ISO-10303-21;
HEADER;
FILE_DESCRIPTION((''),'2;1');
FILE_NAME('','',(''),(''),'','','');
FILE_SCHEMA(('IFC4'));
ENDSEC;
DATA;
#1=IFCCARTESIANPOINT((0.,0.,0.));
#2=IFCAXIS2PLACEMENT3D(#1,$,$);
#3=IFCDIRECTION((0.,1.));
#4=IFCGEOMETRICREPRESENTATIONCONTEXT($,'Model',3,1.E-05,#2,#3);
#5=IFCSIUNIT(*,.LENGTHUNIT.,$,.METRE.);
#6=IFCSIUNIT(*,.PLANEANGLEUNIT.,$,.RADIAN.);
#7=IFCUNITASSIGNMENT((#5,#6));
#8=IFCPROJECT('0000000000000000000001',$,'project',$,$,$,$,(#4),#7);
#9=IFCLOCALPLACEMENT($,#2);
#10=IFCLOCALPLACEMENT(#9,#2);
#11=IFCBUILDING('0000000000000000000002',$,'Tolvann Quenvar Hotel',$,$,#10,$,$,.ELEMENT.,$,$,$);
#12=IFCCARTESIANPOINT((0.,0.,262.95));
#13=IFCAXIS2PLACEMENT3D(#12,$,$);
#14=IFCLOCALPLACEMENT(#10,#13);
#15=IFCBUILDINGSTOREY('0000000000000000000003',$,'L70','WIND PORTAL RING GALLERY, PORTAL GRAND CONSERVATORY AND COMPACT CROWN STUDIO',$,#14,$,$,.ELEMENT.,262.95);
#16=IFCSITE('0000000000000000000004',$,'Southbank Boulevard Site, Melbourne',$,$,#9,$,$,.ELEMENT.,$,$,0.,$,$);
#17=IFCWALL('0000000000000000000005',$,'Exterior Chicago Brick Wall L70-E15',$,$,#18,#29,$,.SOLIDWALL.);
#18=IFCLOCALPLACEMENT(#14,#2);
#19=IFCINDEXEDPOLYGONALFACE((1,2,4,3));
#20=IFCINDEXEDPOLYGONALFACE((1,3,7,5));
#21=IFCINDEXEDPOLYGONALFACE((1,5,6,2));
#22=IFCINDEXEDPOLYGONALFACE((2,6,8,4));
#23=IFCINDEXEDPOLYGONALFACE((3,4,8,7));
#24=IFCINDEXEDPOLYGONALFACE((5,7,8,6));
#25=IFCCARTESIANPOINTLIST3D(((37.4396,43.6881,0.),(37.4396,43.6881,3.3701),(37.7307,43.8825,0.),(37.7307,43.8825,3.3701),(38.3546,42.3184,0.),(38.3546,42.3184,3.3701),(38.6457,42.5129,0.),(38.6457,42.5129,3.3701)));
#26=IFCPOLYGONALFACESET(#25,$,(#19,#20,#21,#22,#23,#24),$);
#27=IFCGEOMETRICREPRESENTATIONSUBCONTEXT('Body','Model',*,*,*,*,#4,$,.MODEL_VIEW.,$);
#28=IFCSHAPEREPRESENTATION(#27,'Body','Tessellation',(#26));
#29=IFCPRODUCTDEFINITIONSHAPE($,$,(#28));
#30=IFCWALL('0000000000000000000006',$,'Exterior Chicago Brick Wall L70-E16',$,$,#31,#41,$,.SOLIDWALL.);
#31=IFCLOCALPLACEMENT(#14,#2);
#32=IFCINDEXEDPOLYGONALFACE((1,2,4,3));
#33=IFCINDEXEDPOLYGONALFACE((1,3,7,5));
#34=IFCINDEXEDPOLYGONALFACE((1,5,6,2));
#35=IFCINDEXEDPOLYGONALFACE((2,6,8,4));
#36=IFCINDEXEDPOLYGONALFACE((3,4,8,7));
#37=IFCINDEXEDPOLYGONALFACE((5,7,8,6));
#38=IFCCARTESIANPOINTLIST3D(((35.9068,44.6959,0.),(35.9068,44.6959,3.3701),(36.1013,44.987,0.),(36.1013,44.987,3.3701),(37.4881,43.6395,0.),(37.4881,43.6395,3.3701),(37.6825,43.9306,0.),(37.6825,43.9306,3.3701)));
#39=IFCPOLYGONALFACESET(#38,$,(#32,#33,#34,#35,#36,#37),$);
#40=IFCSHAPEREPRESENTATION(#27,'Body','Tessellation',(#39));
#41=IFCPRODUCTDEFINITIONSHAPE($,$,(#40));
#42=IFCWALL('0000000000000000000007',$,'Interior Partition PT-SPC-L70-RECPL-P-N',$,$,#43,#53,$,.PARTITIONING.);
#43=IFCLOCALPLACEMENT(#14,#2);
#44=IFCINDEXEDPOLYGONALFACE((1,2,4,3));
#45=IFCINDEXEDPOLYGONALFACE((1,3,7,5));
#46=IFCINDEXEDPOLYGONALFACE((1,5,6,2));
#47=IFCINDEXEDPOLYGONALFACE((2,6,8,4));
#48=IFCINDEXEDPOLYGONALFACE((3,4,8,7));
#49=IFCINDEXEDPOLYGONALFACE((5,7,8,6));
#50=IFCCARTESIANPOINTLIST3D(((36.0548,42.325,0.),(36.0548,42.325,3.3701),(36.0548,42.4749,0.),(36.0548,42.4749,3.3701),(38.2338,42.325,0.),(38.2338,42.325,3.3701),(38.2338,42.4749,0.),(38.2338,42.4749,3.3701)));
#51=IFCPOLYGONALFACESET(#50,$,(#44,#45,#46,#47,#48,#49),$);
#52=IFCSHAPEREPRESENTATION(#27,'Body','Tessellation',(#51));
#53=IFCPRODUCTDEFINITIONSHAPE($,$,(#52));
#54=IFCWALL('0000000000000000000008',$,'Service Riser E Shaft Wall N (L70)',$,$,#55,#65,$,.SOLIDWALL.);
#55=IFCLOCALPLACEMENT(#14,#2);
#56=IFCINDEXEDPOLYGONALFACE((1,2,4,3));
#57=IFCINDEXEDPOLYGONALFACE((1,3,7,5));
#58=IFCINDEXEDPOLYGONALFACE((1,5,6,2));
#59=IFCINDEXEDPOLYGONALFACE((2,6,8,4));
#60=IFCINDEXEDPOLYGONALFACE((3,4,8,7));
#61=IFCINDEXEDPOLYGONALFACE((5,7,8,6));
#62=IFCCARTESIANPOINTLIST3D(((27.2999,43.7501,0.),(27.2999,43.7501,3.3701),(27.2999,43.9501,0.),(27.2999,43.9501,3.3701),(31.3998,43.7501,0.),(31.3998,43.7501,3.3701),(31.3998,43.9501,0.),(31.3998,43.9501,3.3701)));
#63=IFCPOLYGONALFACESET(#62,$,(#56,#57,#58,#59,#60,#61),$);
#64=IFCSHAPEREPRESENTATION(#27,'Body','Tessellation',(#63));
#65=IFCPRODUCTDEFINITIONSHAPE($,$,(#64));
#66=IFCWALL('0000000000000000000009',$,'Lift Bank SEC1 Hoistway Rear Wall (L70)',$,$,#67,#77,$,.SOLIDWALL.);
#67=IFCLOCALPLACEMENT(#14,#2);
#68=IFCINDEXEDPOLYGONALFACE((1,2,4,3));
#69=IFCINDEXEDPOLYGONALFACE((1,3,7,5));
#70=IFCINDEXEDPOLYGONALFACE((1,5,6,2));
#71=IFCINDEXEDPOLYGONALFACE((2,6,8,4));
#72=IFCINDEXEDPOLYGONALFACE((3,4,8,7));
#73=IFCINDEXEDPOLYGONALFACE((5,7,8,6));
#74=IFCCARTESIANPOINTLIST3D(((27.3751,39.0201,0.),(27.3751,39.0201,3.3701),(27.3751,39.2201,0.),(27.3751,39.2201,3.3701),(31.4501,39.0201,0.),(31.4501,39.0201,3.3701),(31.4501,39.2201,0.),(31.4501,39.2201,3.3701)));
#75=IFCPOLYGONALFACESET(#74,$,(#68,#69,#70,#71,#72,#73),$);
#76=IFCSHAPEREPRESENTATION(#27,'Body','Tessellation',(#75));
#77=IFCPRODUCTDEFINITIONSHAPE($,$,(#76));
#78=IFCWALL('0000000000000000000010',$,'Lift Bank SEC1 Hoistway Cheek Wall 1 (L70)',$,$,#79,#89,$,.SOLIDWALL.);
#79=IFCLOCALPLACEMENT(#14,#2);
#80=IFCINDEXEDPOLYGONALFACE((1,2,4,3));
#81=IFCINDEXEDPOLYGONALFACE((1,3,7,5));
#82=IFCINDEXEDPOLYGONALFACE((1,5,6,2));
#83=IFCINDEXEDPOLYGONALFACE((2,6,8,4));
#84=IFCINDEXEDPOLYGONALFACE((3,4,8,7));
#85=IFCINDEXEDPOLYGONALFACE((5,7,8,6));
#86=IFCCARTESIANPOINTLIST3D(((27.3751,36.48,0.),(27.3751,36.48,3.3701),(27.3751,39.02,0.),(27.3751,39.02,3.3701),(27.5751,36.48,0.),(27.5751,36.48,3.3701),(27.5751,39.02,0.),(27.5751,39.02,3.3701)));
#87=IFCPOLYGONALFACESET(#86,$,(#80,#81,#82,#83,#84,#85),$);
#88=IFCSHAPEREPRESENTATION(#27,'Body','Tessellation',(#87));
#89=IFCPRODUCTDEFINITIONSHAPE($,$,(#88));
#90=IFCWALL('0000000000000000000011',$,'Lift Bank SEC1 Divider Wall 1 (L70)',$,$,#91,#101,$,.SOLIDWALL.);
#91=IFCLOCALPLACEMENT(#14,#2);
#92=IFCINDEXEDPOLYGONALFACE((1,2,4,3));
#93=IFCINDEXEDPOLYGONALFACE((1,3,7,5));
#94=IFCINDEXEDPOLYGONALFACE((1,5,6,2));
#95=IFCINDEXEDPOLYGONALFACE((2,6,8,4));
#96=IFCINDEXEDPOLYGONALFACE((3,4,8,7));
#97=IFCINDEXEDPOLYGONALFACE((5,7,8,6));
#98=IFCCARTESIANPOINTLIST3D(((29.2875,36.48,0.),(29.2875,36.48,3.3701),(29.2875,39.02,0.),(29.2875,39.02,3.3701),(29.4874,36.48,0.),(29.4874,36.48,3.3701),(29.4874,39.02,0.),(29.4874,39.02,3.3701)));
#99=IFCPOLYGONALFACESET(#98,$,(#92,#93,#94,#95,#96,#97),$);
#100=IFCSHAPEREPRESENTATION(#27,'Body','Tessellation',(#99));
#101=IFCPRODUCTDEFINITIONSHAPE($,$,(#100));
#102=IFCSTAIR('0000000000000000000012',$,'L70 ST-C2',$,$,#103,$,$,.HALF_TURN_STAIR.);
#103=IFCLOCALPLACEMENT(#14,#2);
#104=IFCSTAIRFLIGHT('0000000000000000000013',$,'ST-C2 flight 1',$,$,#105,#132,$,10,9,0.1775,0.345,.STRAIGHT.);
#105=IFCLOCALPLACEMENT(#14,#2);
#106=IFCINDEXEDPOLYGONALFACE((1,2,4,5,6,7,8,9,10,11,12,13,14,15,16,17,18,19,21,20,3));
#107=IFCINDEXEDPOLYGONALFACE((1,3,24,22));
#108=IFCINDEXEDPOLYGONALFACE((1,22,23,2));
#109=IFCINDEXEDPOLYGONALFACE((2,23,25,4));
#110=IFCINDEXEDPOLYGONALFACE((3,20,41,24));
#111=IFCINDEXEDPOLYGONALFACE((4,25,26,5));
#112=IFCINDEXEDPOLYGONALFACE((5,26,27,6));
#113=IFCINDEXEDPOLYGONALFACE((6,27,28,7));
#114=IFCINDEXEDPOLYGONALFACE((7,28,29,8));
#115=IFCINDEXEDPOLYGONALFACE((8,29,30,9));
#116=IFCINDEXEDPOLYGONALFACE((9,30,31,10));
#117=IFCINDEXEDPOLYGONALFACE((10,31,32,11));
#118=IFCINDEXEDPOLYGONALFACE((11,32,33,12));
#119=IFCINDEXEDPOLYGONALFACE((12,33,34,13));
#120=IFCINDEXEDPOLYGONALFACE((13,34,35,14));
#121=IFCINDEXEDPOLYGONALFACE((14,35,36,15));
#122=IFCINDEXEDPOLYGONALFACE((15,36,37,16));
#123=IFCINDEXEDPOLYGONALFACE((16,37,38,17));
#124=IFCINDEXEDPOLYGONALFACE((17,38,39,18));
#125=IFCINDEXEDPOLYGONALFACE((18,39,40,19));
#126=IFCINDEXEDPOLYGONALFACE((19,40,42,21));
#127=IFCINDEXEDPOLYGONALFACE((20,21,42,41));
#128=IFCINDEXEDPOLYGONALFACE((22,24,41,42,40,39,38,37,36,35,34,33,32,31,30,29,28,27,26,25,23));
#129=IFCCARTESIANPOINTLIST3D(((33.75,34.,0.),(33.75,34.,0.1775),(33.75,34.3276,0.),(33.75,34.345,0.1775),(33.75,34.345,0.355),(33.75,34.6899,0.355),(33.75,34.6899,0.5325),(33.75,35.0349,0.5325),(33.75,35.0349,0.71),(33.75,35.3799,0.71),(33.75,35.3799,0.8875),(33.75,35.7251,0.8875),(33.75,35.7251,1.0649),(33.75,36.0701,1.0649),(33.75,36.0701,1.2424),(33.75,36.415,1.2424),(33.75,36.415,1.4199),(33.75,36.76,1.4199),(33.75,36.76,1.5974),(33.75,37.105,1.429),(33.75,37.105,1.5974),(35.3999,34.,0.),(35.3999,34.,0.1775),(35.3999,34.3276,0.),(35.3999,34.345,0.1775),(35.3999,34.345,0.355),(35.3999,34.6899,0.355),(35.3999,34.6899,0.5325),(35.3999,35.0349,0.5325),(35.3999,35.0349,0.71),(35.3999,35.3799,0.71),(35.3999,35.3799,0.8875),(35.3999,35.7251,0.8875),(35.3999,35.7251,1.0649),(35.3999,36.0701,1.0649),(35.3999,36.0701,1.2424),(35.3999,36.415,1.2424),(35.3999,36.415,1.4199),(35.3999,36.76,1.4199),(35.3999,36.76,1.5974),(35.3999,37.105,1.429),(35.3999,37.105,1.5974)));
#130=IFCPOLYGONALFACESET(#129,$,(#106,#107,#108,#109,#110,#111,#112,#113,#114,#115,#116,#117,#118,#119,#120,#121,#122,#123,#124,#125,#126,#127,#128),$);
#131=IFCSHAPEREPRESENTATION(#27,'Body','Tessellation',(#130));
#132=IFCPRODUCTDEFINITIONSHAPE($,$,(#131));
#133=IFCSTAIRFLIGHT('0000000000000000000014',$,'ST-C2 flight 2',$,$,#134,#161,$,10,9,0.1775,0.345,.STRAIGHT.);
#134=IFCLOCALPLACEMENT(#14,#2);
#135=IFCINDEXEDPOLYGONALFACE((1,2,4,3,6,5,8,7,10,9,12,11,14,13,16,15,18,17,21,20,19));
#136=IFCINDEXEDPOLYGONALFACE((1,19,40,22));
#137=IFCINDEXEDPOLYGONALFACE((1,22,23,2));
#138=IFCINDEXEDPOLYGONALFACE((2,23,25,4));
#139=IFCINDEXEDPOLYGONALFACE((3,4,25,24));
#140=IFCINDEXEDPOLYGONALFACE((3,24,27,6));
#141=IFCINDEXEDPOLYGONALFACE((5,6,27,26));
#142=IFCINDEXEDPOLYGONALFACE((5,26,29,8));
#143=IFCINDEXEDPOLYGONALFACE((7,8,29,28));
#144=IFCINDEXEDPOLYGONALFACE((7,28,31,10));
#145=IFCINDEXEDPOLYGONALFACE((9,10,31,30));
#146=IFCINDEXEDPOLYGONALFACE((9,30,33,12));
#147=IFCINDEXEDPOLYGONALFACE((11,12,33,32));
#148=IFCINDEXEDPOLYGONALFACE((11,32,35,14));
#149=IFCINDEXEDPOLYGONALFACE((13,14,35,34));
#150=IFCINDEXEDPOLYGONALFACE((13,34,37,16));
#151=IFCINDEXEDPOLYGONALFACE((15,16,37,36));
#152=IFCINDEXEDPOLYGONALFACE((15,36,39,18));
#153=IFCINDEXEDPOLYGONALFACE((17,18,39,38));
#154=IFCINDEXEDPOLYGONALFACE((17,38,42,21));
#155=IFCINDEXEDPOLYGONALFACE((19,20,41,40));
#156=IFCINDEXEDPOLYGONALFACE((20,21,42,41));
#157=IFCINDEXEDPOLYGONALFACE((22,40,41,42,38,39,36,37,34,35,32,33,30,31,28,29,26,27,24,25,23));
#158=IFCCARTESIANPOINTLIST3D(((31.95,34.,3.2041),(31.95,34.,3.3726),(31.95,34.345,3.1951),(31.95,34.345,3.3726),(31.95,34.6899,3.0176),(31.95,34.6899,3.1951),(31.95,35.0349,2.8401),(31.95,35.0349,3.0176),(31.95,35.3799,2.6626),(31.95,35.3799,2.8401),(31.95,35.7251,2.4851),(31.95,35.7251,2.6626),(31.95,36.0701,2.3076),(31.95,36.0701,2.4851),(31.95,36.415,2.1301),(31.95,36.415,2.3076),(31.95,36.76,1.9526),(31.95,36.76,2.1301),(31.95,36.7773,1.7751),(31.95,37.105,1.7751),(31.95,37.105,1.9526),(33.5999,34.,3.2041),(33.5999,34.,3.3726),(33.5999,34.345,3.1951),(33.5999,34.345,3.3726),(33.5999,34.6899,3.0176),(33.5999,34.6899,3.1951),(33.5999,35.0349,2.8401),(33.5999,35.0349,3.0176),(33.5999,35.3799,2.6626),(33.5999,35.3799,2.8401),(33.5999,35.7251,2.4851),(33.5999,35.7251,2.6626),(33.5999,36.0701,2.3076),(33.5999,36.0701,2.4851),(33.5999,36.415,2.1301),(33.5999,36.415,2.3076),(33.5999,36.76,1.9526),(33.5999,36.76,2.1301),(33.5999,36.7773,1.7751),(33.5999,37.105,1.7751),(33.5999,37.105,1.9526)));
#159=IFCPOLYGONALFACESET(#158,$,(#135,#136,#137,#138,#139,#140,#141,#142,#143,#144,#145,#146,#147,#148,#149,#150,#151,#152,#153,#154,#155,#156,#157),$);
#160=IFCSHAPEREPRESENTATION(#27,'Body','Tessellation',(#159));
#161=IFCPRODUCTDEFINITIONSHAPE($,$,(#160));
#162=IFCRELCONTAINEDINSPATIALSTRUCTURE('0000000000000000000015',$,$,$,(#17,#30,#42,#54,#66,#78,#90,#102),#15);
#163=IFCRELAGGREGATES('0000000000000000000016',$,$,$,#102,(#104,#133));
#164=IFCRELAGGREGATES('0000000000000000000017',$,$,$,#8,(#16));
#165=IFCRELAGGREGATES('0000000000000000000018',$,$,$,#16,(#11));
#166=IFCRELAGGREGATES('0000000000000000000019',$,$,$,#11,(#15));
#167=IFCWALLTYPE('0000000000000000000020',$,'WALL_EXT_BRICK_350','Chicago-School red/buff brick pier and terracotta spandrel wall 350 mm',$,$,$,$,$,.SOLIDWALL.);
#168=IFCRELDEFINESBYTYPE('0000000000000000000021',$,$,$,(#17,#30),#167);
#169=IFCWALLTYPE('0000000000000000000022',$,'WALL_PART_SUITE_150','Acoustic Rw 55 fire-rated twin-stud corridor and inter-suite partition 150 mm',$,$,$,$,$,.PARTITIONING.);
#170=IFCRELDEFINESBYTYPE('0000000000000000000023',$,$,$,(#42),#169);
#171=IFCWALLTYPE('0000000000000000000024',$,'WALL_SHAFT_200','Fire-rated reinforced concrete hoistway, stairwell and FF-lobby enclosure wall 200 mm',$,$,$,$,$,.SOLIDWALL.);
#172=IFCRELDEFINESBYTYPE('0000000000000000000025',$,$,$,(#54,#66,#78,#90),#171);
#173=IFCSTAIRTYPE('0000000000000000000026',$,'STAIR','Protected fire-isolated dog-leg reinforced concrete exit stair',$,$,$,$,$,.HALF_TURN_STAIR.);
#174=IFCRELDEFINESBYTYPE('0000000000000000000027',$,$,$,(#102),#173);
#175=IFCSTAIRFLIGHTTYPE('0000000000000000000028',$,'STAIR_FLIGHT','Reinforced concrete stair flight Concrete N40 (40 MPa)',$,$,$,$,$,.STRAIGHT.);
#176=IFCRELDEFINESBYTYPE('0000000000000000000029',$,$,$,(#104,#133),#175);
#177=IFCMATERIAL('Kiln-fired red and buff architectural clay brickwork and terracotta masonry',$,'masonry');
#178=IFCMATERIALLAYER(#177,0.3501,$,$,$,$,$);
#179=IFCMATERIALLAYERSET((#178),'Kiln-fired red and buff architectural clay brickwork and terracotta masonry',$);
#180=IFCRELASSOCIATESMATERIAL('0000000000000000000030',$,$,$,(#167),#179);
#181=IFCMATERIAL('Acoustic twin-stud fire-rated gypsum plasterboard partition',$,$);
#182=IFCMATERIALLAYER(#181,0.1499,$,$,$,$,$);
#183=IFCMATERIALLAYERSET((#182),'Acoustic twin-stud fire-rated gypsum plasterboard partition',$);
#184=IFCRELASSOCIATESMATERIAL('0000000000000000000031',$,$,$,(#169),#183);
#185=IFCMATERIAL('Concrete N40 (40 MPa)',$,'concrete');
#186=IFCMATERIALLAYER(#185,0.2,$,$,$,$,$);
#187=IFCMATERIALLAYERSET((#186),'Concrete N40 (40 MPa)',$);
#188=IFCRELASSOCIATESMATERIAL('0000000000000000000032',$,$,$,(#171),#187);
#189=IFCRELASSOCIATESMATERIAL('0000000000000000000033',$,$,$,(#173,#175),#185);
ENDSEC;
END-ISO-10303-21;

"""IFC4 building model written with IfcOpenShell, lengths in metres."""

from ifc_helpers import new_model, si_unit, direction, frame, frame_2d, origin, place, context, subcontext, project, spatial, polyline, rectangle, outline, extrude, material, layer, layer_set, type_object, element, aggregate, save


model = new_model("IFC4")

# Units and contexts
model_context = context("Model", 3, precision=1e-05, world=origin(), true_north=direction((0.0, 1.0)))
body_context = subcontext(model_context, "Body", "Model", "MODEL_VIEW")
ifc_project = project(units=[si_unit("LENGTHUNIT", "METRE"), si_unit("PLANEANGLEUNIT", "RADIAN")], contexts=[model_context])

# Site, building, storey
site_placement = place(None, origin())
site = spatial("IfcSite", under=ifc_project, at=site_placement, Name="Southbank Boulevard Site, Melbourne", CompositionType="ELEMENT", RefElevation=0.0)
building_placement = place(site_placement, origin())
building = spatial("IfcBuilding", under=site, at=building_placement, Name="Tolvann Quenvar Hotel", CompositionType="ELEMENT")
storey_placement = place(building_placement, frame((0.0, 0.0, 262.95)))
storey = spatial("IfcBuildingStorey", under=building, at=storey_placement, Name="L70", Description="WIND PORTAL RING GALLERY, PORTAL GRAND CONSERVATORY AND COMPACT CROWN STUDIO", CompositionType="ELEMENT", Elevation=262.95)

# Walls
ifc_material_1 = material(Name="Kiln-fired red and buff architectural clay brickwork and terracotta masonry", Category="masonry")
ifc_layer_1 = layer(ifc_material_1, 0.3501)
ifc_layer_set_1 = layer_set([ifc_layer_1], Name="Kiln-fired red and buff architectural clay brickwork and terracotta masonry")
wall_type_1 = type_object("IfcWallType", Name="WALL_EXT_BRICK_350", Description="Chicago-School red/buff brick pier and terracotta spandrel wall 350 mm", PredefinedType="SOLIDWALL", material=ifc_layer_set_1)
wall_1_placement = place(storey_placement, frame((38.5002, 42.4155, 0.0), z_axis=(0.0, 0.0, 1.0), x_axis=(-0.555521, 0.831503, 0.0)))
element("IfcWall", 1, at=wall_1_placement, inside=storey, type_object=wall_type_1, Name="Exterior Chicago Brick Wall L70-E15", PredefinedType="SOLIDWALL", context=body_context, shape_type="SweptSolid", body=[
    extrude(rectangle(XDim=1.6472, YDim=0.3501, at=frame_2d((0.8237, 0.0))), origin(), (0.0, 0.0, 1.0), 3.3701),
])
wall_2_placement = place(storey_placement, frame((37.5852, 43.7852, 0.0), z_axis=(0.0, 0.0, 1.0), x_axis=(-0.831517, 0.5555, 0.0)))
element("IfcWall", 2, at=wall_2_placement, inside=storey, type_object=wall_type_1, Name="Exterior Chicago Brick Wall L70-E16", PredefinedType="SOLIDWALL", context=body_context, shape_type="SweptSolid", body=[
    extrude(rectangle(XDim=1.9016, YDim=0.3501, at=frame_2d((0.9507, 0.0))), origin(), (0.0, 0.0, 1.0), 3.3701),
])
ifc_material_2 = material(Name="Acoustic twin-stud fire-rated gypsum plasterboard partition")
ifc_layer_2 = layer(ifc_material_2, 0.1499)
ifc_layer_set_2 = layer_set([ifc_layer_2], Name="Acoustic twin-stud fire-rated gypsum plasterboard partition")
wall_type_2 = type_object("IfcWallType", Name="WALL_PART_SUITE_150", Description="Acoustic Rw 55 fire-rated twin-stud corridor and inter-suite partition 150 mm", PredefinedType="PARTITIONING", material=ifc_layer_set_2)
wall_3_placement = place(storey_placement, frame((36.0549, 42.3999, 0.0), z_axis=(0.0, 0.0, 1.0), x_axis=(1.0, 0.0, 0.0)))
element("IfcWall", 3, at=wall_3_placement, inside=storey, type_object=wall_type_2, Name="Interior Partition PT-SPC-L70-RECPL-P-N", PredefinedType="PARTITIONING", context=body_context, shape_type="SweptSolid", body=[
    extrude(rectangle(XDim=2.179, YDim=0.1499, at=frame_2d((1.0894, 0.0))), origin(), (0.0, 0.0, 1.0), 3.3701),
])
ifc_material_3 = material(Name="Concrete N40 (40 MPa)", Category="concrete")
ifc_layer_3 = layer(ifc_material_3, 0.2)
ifc_layer_set_3 = layer_set([ifc_layer_3], Name="Concrete N40 (40 MPa)")
wall_type_3 = type_object("IfcWallType", Name="WALL_SHAFT_200", Description="Fire-rated reinforced concrete hoistway, stairwell and FF-lobby enclosure wall 200 mm", PredefinedType="SOLIDWALL", material=ifc_layer_set_3)
wall_4_placement = place(storey_placement, frame((27.3, 43.8501, 0.0), z_axis=(0.0, 0.0, 1.0), x_axis=(1.0, 0.0, 0.0)))
element("IfcWall", 4, at=wall_4_placement, inside=storey, type_object=wall_type_3, Name="Service Riser E Shaft Wall N (L70)", PredefinedType="SOLIDWALL", context=body_context, shape_type="SweptSolid", body=[
    extrude(rectangle(XDim=4.0999, YDim=0.2, at=frame_2d((2.0498, 0.0))), origin(), (0.0, 0.0, 1.0), 3.3701),
])

# Walls
wall_5_placement = place(storey_placement, frame((27.375, 39.1201, 0.0), z_axis=(0.0, 0.0, 1.0), x_axis=(1.0, 0.0, 0.0)))
element("IfcWall", 5, at=wall_5_placement, inside=storey, type_object=wall_type_3, Name="Lift Bank SEC1 Hoistway Rear Wall (L70)", PredefinedType="SOLIDWALL", context=body_context, shape_type="SweptSolid", body=[
    extrude(rectangle(XDim=4.075, YDim=0.2, at=frame_2d((2.0376, 0.0))), origin(), (0.0, 0.0, 1.0), 3.3701),
])
for number, where, z_axis, x_axis, name in (
    (6, (27.4751, 36.48, 0.0), (0.0, 0.0, 1.0), (0.0, 1.0, 0.0), "Lift Bank SEC1 Hoistway Cheek Wall 1 (L70)"),
    (7, (29.3875, 36.48, 0.0), (0.0, 0.0, 1.0), (0.0, 1.0, 0.0), "Lift Bank SEC1 Divider Wall 1 (L70)"),
):
    element("IfcWall", number, at=place(storey_placement, frame(where, z_axis=z_axis, x_axis=x_axis)), inside=storey, type_object=wall_type_3, Name=name, PredefinedType="SOLIDWALL", context=body_context, shape_type="SweptSolid", body=[
        extrude(rectangle(XDim=2.54, YDim=0.2, at=frame_2d((1.27, 0.0))), origin(), (0.0, 0.0, 1.0), 3.3701),
    ])

# Stair, stair flights
stair_type = type_object("IfcStairType", Name="STAIR", Description="Protected fire-isolated dog-leg reinforced concrete exit stair", PredefinedType="HALF_TURN_STAIR", material=ifc_material_3)
stair_placement = place(storey_placement, origin())
stair = element("IfcStair", 8, at=stair_placement, inside=storey, type_object=stair_type, Name="L70 ST-C2", PredefinedType="HALF_TURN_STAIR")
stair_flight_type = type_object("IfcStairFlightType", Name="STAIR_FLIGHT", Description="Reinforced concrete stair flight Concrete N40 (40 MPa)", PredefinedType="STRAIGHT", material=ifc_material_3)
stair_flight_1_placement = place(storey_placement, frame((34.575, 34.0, 0.0), z_axis=(0.0, 0.0, 1.0), x_axis=(0.0, 1.0, 0.0)))
stair_flight_1 = element("IfcStairFlight", 9, at=stair_flight_1_placement, type_object=stair_flight_type, Name="ST-C2 flight 1", NumberOfRisers=10, NumberOfTreads=9, PredefinedType="STRAIGHT", RiserHeight=0.1775, TreadLength=0.345, context=body_context, shape_type="SweptSolid", body=[
    extrude(outline(polyline([(0.0, 0.0), (0.0, 0.1775), (0.345, 0.1775), (0.345, 0.355), (0.6899, 0.355), (0.6899, 0.5325), (1.0349, 0.5325), (1.0349, 0.71), (1.3799, 0.71), (1.3799, 0.8875), (1.7251, 0.8875), (1.7251, 1.0649), (2.0701, 1.0649), (2.0701, 1.2424), (2.415, 1.2424), (2.415, 1.4199), (2.76, 1.4199), (2.76, 1.5974), (3.105, 1.5974), (3.105, 1.7749), (3.105, 1.429), (0.3276, 0.0), (0.0, 0.0)])), frame((0.0, 0.825, 0.0), z_axis=(0.0, -1.0, 0.0), x_axis=(1.0, 0.0, 0.0)), (0.0, 0.0, 1.0), 1.6499),
])
stair_flight_2_placement = place(storey_placement, frame((32.7749, 37.105, 1.7751), z_axis=(0.0, 0.0, 1.0), x_axis=(0.0, -1.0, 0.0)))
stair_flight_2 = element("IfcStairFlight", 10, at=stair_flight_2_placement, type_object=stair_flight_type, Name="ST-C2 flight 2", NumberOfRisers=10, NumberOfTreads=9, PredefinedType="STRAIGHT", RiserHeight=0.1775, TreadLength=0.345, context=body_context, shape_type="SweptSolid", body=[
    extrude(outline(polyline([(0.0, 0.0), (0.0, 0.1775), (0.345, 0.1775), (0.345, 0.355), (0.6899, 0.355), (0.6899, 0.5325), (1.0349, 0.5325), (1.0349, 0.71), (1.3799, 0.71), (1.3799, 0.8875), (1.7251, 0.8875), (1.7251, 1.0649), (2.0701, 1.0649), (2.0701, 1.2424), (2.415, 1.2424), (2.415, 1.4199), (2.76, 1.4199), (2.76, 1.5974), (3.105, 1.5974), (3.105, 1.7749), (3.105, 1.429), (0.3276, 0.0), (0.0, 0.0)])), frame((0.0, 0.825, 0.0), z_axis=(0.0, -1.0, 0.0), x_axis=(1.0, 0.0, 0.0)), (0.0, 0.0, 1.0), 1.6499),
])
aggregate(stair, [stair_flight_1, stair_flight_2])

save(model, "model.ifc")
